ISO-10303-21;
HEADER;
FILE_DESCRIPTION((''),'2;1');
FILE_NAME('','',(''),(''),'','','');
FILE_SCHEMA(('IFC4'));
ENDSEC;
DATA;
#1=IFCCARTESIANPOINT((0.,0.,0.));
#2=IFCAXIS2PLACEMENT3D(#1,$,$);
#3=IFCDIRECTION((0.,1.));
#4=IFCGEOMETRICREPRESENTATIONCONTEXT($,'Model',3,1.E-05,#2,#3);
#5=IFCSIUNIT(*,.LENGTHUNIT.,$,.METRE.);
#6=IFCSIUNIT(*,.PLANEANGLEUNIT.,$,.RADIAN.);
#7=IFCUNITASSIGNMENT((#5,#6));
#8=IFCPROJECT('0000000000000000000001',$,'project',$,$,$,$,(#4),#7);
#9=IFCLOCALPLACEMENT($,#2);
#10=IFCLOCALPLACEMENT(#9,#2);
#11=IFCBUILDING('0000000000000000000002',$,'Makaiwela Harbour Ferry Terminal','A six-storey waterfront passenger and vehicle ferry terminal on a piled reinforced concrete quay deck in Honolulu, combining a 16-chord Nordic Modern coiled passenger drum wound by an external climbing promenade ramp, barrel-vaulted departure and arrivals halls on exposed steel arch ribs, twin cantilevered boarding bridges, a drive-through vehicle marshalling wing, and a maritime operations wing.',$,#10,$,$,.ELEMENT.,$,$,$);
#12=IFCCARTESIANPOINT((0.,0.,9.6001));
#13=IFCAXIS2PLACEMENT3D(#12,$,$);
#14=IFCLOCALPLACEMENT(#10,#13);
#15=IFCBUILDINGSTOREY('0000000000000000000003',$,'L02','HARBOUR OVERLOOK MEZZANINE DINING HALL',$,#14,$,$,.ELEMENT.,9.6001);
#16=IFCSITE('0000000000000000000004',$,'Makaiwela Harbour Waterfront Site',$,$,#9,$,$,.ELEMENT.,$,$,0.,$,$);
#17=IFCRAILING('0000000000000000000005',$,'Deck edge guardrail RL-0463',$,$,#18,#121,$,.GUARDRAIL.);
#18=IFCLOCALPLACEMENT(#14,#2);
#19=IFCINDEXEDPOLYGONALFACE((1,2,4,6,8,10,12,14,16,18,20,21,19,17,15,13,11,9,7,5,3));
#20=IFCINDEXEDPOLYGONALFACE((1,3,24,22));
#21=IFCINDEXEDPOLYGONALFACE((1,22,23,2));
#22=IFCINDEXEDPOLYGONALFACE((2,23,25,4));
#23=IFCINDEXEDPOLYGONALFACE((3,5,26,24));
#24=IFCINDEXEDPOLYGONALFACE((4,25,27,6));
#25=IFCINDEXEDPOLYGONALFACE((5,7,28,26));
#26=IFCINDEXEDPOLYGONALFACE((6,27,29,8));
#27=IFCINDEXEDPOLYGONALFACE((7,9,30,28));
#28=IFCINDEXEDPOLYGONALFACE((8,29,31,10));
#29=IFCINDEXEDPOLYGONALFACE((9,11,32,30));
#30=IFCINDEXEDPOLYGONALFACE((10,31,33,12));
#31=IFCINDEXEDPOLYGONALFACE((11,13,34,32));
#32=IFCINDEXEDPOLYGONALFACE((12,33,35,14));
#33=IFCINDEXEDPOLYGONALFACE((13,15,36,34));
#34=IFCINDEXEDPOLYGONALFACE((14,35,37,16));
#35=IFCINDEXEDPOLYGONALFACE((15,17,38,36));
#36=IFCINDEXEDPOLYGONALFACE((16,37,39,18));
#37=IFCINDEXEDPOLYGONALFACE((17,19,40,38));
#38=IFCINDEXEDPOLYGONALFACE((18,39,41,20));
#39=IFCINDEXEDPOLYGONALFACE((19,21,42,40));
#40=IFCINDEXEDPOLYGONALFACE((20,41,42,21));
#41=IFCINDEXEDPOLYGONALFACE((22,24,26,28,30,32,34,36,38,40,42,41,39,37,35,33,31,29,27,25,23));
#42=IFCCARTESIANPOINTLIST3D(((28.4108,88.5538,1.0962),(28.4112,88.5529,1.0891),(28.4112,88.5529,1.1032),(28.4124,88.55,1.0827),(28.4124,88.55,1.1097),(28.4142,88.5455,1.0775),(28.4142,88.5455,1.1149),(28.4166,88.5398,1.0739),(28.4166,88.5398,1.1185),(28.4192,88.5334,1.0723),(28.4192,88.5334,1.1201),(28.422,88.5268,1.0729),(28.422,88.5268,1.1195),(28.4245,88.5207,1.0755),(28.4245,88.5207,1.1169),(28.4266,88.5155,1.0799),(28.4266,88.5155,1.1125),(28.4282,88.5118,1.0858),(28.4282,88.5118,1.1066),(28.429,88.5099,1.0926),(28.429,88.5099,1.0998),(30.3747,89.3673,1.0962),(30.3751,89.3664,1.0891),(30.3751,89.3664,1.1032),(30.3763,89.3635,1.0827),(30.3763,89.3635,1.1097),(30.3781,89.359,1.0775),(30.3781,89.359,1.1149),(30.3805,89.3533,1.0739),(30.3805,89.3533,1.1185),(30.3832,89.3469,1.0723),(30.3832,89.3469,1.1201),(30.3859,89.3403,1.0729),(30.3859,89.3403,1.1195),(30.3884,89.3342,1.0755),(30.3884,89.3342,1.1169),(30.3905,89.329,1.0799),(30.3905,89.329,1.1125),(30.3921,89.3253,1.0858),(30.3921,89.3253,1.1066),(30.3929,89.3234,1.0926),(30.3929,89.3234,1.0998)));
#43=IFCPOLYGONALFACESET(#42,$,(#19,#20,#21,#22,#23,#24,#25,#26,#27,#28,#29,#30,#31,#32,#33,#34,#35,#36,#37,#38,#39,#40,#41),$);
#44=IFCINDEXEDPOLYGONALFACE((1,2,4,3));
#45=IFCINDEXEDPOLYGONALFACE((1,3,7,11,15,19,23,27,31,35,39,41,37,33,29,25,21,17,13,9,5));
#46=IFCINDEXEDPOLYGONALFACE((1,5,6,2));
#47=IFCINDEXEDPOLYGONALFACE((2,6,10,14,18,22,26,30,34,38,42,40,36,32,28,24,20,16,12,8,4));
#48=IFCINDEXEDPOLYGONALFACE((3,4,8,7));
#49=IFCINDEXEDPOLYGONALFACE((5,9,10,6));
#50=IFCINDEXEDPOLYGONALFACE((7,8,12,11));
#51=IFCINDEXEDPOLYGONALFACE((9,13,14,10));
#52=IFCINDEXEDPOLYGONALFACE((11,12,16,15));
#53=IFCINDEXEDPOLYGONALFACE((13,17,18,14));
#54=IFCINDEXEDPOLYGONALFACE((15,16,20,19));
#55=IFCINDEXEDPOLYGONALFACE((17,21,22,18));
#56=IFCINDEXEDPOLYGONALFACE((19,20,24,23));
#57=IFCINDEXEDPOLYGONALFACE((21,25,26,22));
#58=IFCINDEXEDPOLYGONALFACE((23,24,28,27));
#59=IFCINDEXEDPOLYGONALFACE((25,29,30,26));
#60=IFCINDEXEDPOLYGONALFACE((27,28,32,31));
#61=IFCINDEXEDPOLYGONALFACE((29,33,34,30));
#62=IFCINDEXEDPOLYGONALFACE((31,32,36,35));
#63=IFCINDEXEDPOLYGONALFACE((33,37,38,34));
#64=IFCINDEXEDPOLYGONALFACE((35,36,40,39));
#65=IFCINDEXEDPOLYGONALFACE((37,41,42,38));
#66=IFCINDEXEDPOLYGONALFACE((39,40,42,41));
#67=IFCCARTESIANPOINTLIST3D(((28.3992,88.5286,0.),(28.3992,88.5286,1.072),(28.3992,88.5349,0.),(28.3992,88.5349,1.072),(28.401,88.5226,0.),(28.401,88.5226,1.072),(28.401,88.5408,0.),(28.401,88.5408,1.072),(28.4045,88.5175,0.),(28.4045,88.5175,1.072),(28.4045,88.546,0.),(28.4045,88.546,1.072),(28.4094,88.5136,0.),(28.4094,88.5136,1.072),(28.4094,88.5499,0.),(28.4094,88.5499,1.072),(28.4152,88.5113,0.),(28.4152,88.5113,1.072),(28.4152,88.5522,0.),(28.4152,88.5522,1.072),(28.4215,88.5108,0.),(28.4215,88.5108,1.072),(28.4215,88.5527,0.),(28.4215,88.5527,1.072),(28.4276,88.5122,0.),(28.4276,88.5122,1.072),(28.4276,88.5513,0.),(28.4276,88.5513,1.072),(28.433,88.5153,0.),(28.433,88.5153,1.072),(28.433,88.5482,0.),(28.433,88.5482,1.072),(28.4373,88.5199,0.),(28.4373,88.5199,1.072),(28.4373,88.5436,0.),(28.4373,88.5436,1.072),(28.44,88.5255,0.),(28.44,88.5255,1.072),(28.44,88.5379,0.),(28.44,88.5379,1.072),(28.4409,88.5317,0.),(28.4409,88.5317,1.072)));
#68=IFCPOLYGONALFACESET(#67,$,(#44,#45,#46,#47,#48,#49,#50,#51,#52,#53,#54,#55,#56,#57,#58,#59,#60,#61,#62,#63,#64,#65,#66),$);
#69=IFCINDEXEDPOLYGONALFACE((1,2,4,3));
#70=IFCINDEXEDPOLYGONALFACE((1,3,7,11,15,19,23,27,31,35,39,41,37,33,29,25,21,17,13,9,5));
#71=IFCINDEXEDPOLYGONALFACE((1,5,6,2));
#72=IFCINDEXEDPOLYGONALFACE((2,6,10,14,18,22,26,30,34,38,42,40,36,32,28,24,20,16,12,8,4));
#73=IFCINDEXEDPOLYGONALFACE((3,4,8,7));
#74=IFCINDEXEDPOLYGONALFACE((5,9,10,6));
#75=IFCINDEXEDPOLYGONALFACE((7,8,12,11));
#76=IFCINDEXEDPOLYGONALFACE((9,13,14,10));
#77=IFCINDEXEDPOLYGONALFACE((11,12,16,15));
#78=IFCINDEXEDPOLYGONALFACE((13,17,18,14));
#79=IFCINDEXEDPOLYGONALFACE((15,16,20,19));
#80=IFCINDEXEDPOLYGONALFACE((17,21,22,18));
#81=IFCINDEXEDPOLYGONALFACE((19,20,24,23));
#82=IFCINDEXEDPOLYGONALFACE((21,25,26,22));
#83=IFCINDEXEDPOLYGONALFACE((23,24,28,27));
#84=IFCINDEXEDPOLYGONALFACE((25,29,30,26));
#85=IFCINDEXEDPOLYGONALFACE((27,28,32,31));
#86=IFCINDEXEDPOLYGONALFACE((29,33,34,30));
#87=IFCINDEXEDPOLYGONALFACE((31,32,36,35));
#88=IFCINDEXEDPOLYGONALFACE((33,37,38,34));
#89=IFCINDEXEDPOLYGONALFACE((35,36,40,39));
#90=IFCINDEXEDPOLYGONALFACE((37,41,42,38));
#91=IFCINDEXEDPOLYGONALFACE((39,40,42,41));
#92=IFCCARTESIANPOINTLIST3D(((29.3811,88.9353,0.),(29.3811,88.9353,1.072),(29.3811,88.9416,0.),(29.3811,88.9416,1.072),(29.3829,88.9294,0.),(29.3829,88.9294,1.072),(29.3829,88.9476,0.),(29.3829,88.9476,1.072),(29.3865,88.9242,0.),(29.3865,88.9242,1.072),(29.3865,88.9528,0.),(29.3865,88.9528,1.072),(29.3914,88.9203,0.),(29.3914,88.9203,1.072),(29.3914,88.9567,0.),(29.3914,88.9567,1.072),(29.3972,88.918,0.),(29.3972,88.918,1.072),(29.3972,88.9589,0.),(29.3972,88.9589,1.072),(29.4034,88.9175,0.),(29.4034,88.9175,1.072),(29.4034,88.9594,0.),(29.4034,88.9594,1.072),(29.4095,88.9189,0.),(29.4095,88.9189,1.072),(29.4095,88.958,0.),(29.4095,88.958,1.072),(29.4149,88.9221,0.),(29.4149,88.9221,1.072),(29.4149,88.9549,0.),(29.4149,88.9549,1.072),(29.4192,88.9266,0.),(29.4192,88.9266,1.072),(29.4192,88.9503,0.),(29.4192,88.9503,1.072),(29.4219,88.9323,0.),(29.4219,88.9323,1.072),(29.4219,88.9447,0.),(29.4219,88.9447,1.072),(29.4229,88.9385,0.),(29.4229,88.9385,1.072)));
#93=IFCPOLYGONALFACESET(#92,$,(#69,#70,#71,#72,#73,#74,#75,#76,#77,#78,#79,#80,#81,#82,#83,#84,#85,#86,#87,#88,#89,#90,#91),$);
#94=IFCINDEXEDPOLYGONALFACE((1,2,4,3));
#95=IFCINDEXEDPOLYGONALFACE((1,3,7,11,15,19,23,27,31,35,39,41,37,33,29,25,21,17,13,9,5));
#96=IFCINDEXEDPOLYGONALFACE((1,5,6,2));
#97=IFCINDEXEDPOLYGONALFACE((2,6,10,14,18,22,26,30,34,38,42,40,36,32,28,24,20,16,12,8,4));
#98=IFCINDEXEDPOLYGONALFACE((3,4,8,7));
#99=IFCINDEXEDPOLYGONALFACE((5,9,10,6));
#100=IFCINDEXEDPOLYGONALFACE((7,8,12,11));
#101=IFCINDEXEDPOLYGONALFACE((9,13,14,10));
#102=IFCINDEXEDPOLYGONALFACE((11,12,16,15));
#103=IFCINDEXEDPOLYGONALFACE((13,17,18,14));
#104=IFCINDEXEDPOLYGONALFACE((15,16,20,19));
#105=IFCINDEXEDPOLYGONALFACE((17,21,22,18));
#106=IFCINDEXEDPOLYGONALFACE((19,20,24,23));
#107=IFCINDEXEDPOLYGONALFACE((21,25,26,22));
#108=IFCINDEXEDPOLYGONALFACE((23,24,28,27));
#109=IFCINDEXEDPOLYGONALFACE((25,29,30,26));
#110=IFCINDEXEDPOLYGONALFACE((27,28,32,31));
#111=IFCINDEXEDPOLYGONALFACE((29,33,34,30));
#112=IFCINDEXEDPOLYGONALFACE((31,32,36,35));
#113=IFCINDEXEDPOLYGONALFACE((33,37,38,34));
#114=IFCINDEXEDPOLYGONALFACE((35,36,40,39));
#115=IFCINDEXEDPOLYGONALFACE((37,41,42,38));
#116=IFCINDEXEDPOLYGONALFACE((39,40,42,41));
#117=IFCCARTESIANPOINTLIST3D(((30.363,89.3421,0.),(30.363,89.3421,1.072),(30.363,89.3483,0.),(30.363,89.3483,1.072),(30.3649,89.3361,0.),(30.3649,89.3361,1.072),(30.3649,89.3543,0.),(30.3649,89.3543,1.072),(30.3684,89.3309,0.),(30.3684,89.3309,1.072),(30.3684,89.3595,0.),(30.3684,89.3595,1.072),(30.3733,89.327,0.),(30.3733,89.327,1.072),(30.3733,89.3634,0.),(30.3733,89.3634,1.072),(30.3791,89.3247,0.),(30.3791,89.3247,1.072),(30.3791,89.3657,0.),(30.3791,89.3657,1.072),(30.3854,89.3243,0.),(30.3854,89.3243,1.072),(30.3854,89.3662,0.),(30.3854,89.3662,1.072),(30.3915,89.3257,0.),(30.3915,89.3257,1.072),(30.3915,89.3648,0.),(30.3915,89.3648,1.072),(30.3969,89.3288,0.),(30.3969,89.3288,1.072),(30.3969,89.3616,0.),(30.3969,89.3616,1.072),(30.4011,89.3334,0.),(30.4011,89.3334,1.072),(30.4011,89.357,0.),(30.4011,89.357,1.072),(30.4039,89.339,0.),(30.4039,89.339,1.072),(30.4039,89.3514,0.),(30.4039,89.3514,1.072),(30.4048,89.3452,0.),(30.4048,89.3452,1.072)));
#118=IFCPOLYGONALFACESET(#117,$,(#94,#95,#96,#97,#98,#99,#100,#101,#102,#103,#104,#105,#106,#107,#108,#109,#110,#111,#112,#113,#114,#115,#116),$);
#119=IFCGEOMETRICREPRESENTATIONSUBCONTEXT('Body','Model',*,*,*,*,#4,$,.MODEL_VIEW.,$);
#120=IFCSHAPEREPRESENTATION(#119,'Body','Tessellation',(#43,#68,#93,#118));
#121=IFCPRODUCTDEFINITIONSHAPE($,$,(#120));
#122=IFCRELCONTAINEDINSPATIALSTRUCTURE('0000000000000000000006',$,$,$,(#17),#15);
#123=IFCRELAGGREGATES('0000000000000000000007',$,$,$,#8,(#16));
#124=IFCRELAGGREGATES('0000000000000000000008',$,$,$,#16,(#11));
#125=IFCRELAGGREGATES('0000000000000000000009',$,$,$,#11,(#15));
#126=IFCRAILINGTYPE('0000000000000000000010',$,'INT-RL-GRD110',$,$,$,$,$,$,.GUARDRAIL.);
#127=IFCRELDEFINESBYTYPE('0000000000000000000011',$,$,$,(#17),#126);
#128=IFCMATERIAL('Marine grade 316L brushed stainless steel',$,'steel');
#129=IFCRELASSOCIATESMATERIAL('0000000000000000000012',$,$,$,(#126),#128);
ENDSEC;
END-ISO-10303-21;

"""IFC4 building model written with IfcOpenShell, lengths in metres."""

from ifc_helpers import new_model, si_unit, direction, frame, origin, origin_2d, place, context, subcontext, project, spatial, circle, extrude, material, type_object, element, save


model = new_model("IFC4")

# Units and contexts
model_context = context("Model", 3, precision=1e-05, world=origin(), true_north=direction((0.0, 1.0)))
body_context = subcontext(model_context, "Body", "Model", "MODEL_VIEW")
ifc_project = project(units=[si_unit("LENGTHUNIT", "METRE"), si_unit("PLANEANGLEUNIT", "RADIAN")], contexts=[model_context])

# Site, building, storey
site_placement = place(None, origin())
site = spatial("IfcSite", under=ifc_project, at=site_placement, Name="Makaiwela Harbour Waterfront Site", CompositionType="ELEMENT", RefElevation=0.0)
building_placement = place(site_placement, origin())
building = spatial("IfcBuilding", under=site, at=building_placement, Name="Makaiwela Harbour Ferry Terminal", Description="A six-storey waterfront passenger and vehicle ferry terminal on a piled reinforced concrete quay deck in Honolulu, combining a 16-chord Nordic Modern coiled passenger drum wound by an external climbing promenade ramp, barrel-vaulted departure and arrivals halls on exposed steel arch ribs, twin cantilevered boarding bridges, a drive-through vehicle marshalling wing, and a maritime operations wing.", CompositionType="ELEMENT")
storey_placement = place(building_placement, frame((0.0, 0.0, 9.6001)))
storey = spatial("IfcBuildingStorey", under=building, at=storey_placement, Name="L02", Description="HARBOUR OVERLOOK MEZZANINE DINING HALL", CompositionType="ELEMENT", Elevation=9.6001)

# Railing
ifc_material_1 = material(Name="Marine grade 316L brushed stainless steel", Category="steel")
railing_type = type_object("IfcRailingType", Name="INT-RL-GRD110", PredefinedType="GUARDRAIL", material=ifc_material_1)
railing_1_placement = place(storey_placement, frame((28.4199, 88.5317, 0.0)))
element("IfcRailing", 1, at=railing_1_placement, inside=storey, type_object=railing_type, Name="Deck edge guardrail RL-0463", PredefinedType="GUARDRAIL", context=body_context, shape_type="SweptSolid", body=[
    extrude(circle(Radius=0.0239, at=origin_2d()), frame((0.0, 0.0, 1.0962), z_axis=(0.923877, 0.38269, 0.0), x_axis=(-0.38269, 0.923877, 0.0)), (0.0, 0.0, 1.0), 2.1257),
    extrude(circle(Radius=0.021, at=origin_2d()), origin(), (0.0, 0.0, 1.0), 1.072),
    extrude(circle(Radius=0.021, at=origin_2d()), frame((0.9819, 0.4067, 0.0)), (0.0, 0.0, 1.0), 1.072),
    extrude(circle(Radius=0.021, at=origin_2d()), frame((1.9639, 0.8135, 0.0)), (0.0, 0.0, 1.0), 1.072),
])

save(model, "model.ifc")
